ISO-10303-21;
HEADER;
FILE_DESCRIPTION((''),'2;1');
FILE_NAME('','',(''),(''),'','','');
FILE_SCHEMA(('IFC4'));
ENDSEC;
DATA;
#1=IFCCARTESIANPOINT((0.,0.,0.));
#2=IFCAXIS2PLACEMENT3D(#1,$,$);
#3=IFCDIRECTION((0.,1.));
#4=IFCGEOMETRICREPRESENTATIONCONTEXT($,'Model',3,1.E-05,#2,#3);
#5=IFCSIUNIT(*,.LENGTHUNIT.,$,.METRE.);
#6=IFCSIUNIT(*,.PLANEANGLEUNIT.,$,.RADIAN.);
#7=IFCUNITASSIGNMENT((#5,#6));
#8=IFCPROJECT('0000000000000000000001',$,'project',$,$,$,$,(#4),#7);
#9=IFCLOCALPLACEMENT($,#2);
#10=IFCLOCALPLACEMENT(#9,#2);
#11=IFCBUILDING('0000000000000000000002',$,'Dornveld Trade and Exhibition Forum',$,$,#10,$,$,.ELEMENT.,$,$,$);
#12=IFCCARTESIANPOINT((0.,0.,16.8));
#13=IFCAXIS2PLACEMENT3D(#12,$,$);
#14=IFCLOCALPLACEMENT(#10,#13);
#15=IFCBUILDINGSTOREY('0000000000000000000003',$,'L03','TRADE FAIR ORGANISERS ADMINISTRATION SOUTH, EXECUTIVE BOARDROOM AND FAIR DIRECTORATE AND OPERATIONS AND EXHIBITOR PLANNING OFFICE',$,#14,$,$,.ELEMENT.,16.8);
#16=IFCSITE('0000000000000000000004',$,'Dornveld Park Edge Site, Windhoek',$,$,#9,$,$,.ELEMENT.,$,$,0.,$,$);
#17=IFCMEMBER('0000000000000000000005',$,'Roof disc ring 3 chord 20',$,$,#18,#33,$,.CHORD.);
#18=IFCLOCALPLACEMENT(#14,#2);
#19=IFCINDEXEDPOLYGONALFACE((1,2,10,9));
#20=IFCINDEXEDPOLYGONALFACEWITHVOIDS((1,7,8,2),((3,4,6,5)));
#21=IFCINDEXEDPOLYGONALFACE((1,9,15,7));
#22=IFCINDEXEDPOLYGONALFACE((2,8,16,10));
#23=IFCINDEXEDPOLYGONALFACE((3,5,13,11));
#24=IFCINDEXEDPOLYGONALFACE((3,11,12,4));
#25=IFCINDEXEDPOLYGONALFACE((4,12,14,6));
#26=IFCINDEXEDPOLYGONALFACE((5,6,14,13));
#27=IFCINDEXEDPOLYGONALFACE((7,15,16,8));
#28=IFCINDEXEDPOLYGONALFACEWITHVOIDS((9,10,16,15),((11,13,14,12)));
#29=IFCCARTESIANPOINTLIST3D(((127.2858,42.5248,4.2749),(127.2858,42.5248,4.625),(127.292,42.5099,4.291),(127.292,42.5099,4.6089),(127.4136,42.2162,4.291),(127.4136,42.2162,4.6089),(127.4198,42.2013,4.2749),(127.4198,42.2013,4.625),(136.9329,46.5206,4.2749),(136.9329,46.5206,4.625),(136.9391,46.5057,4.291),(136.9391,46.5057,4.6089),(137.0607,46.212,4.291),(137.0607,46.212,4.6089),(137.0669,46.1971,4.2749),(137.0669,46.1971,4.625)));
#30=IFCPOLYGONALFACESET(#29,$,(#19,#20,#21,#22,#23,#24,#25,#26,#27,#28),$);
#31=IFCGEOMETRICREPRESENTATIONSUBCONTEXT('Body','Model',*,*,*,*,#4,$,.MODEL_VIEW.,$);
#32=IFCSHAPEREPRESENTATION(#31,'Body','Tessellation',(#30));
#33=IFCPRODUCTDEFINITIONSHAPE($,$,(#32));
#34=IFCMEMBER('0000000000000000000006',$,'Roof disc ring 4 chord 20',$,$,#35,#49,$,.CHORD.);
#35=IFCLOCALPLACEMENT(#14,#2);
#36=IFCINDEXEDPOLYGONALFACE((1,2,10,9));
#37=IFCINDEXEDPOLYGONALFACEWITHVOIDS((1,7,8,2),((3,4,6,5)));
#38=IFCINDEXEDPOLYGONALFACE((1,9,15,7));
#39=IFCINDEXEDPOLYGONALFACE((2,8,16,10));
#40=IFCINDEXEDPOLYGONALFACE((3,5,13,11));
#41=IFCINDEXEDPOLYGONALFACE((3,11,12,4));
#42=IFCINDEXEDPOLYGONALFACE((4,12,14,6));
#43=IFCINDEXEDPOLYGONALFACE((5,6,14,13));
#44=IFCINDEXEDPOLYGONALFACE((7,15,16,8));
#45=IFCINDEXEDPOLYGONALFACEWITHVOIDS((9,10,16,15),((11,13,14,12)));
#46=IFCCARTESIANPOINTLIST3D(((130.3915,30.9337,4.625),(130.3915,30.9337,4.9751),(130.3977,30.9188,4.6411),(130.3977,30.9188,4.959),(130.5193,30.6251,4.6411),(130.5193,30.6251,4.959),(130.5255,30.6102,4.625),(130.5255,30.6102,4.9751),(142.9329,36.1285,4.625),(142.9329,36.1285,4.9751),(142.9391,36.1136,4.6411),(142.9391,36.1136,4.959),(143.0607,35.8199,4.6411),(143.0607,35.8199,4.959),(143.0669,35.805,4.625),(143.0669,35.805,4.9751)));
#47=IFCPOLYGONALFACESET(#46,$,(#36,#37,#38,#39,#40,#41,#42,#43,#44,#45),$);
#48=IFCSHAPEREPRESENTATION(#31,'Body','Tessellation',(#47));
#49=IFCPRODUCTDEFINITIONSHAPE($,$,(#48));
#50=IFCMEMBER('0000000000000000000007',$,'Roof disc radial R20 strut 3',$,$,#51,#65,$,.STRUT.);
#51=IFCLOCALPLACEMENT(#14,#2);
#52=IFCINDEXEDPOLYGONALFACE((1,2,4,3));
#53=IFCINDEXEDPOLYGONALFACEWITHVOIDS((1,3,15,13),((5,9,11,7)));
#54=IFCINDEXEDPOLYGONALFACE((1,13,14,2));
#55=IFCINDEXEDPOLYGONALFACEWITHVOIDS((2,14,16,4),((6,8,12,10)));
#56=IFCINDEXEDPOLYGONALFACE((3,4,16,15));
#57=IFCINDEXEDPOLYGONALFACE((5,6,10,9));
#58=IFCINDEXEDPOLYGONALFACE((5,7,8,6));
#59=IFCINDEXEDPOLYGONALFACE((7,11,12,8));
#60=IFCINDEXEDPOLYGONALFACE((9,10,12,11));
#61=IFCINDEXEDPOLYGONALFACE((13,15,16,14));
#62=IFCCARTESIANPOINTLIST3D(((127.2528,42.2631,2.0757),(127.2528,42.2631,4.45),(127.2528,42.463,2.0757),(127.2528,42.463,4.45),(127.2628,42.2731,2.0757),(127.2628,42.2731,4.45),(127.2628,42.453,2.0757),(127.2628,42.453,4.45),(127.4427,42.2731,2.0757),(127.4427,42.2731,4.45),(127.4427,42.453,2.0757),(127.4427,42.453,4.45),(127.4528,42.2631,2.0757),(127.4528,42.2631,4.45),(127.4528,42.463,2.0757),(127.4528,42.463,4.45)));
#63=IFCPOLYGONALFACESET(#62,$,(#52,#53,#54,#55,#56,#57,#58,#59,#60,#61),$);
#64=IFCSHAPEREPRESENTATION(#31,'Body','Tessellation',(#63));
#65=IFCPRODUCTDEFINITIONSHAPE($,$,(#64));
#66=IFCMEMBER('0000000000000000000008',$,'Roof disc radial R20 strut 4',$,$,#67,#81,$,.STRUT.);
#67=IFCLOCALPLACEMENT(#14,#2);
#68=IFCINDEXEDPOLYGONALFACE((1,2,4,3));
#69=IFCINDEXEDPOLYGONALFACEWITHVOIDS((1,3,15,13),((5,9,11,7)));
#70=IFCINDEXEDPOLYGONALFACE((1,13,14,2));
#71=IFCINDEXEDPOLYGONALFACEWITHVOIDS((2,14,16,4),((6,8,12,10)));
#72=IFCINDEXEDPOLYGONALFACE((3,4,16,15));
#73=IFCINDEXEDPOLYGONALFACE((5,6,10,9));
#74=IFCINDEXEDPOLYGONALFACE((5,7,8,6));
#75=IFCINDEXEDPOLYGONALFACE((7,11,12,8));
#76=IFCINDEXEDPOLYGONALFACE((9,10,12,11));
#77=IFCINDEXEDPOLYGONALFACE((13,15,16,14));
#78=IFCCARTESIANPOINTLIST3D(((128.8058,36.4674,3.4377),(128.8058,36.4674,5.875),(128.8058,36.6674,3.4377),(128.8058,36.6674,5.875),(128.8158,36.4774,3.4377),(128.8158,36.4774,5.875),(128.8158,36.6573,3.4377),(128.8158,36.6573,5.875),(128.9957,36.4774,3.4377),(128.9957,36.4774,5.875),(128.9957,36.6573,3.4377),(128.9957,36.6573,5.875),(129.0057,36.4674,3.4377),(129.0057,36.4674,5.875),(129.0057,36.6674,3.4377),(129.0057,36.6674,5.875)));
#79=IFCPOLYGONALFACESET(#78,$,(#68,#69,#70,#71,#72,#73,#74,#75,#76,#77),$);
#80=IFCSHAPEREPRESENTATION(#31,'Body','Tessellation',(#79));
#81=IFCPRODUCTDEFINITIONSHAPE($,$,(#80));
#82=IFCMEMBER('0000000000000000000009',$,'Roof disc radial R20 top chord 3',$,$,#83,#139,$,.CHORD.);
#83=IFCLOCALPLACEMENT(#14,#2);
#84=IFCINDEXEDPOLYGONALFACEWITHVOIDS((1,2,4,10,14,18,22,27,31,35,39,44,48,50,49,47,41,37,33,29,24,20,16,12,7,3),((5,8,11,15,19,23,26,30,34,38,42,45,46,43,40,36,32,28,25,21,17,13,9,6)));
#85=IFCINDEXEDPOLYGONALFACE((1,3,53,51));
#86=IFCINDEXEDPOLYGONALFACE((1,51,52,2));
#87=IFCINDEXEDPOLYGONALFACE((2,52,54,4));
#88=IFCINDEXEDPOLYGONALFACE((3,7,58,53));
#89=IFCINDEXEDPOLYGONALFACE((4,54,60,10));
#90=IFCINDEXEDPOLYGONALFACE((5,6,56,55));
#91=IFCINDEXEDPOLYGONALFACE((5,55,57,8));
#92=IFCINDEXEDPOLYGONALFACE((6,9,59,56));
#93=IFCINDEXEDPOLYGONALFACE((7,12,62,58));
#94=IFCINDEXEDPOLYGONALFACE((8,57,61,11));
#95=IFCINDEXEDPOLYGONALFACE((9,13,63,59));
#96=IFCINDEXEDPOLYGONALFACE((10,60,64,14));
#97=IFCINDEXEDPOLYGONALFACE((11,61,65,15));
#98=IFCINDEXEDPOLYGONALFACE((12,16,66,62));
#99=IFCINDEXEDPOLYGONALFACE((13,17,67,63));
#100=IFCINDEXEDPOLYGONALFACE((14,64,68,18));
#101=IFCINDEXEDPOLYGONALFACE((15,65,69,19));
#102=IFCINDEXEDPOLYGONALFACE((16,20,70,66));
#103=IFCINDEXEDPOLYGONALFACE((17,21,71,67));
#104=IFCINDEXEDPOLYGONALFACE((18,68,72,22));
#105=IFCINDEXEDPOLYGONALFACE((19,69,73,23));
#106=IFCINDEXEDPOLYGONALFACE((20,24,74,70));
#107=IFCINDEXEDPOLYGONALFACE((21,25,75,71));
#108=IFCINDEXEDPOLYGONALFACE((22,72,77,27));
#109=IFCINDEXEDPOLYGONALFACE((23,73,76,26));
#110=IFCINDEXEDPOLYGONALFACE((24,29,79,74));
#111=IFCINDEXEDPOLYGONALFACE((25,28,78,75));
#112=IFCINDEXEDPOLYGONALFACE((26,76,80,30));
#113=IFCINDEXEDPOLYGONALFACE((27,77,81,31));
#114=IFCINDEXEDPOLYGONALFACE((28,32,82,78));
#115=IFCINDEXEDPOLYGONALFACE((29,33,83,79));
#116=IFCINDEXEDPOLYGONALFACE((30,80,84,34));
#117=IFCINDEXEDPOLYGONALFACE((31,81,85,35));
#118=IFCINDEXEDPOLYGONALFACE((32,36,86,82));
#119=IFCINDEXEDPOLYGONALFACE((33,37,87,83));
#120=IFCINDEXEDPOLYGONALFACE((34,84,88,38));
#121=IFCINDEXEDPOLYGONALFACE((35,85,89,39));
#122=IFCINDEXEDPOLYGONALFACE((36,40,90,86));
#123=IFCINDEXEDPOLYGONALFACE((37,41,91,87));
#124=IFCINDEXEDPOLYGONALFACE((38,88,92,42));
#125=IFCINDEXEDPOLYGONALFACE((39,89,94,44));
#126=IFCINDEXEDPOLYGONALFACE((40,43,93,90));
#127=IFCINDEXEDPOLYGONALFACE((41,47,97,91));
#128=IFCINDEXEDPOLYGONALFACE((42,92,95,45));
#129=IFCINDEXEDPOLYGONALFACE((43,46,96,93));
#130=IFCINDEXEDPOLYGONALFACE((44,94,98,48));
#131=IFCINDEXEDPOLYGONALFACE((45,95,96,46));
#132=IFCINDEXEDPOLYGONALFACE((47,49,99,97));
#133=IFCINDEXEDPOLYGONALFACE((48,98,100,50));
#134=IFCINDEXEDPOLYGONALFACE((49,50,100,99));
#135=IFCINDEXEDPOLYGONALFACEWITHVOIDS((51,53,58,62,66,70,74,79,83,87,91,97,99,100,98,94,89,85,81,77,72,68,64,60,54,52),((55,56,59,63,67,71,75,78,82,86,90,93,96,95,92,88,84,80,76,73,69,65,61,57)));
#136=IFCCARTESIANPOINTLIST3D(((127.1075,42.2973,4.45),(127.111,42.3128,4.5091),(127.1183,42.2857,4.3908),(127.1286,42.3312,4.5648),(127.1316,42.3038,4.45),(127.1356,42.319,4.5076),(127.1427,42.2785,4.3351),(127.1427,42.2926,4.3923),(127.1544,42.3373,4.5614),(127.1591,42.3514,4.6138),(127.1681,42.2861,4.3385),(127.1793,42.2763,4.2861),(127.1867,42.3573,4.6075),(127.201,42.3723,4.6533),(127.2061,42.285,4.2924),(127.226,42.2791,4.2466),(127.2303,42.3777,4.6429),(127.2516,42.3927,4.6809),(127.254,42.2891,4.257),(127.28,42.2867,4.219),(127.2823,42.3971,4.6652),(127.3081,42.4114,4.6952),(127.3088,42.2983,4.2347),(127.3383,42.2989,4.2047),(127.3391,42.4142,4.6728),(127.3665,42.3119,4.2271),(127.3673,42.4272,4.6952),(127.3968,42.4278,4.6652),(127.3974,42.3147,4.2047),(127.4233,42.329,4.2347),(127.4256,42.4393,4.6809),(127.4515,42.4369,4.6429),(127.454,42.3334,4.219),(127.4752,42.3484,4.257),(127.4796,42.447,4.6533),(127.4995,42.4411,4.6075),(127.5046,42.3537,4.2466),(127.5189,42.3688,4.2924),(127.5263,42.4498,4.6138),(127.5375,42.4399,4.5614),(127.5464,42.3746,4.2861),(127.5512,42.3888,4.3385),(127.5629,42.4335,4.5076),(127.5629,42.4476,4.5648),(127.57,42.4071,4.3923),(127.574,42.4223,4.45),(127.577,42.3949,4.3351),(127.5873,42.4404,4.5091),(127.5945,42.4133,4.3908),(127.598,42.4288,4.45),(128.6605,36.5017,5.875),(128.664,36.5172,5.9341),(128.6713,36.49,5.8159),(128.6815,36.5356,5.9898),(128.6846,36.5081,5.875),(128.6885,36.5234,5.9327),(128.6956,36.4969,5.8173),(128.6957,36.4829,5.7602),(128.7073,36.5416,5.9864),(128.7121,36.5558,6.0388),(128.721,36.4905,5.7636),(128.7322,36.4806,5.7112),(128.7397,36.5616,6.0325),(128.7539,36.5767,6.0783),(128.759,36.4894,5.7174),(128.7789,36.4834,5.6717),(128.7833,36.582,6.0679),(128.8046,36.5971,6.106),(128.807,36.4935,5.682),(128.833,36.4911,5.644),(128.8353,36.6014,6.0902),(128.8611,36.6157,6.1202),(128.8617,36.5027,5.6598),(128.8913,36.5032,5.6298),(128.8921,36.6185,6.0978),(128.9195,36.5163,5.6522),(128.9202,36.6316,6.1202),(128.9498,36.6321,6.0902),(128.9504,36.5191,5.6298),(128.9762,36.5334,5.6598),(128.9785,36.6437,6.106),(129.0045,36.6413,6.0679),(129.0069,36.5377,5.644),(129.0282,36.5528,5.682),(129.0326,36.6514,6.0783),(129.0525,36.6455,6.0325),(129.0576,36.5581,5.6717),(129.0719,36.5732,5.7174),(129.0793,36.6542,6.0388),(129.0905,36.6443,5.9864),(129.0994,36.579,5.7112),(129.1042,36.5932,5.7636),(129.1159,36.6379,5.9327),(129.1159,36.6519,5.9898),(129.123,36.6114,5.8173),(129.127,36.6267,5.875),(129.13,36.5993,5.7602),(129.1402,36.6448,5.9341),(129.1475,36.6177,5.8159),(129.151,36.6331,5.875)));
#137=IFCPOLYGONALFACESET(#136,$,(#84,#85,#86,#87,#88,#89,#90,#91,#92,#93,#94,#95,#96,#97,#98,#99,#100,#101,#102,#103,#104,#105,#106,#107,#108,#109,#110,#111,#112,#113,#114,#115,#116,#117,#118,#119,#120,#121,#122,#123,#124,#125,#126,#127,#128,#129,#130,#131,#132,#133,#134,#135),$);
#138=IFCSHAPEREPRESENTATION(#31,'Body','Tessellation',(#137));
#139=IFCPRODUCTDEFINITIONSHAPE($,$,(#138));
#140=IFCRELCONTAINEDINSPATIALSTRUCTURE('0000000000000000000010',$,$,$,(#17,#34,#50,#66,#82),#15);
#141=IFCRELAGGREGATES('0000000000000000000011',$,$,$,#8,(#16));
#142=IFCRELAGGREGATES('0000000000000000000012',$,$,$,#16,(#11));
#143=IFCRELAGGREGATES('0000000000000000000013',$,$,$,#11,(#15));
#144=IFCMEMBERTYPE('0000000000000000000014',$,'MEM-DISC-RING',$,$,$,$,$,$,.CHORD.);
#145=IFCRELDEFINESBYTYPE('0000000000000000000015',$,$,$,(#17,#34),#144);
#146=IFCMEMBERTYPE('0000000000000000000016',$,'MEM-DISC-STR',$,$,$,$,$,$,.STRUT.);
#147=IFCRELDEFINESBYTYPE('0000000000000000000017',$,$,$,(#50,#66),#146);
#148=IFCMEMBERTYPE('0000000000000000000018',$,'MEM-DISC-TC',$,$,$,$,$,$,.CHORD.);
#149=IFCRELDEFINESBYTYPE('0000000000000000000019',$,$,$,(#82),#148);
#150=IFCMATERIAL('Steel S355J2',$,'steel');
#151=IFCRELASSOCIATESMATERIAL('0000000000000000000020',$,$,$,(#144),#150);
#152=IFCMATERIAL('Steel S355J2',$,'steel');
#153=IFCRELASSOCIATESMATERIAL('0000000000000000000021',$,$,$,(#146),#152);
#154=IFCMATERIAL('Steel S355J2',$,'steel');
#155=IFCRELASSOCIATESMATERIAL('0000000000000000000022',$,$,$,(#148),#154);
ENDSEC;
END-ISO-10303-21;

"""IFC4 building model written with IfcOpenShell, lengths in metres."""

from ifc_helpers import new_model, si_unit, direction, frame, origin, origin_2d, place, context, subcontext, project, spatial, hollow_rectangle, hollow_circle, extrude, material, material_profile, profile_set, type_object, element, save


model = new_model("IFC4")

# Units and contexts
model_context = context("Model", 3, precision=1e-05, world=origin(), true_north=direction((0.0, 1.0)))
body_context = subcontext(model_context, "Body", "Model", "MODEL_VIEW")
ifc_project = project(units=[si_unit("LENGTHUNIT", "METRE"), si_unit("PLANEANGLEUNIT", "RADIAN")], contexts=[model_context])

# Site, building, storey
site_placement = place(None, origin())
site = spatial("IfcSite", under=ifc_project, at=site_placement, Name="Dornveld Park Edge Site, Windhoek", CompositionType="ELEMENT", RefElevation=0.0)
building_placement = place(site_placement, origin())
building = spatial("IfcBuilding", under=site, at=building_placement, Name="Dornveld Trade and Exhibition Forum", CompositionType="ELEMENT")
storey_placement = place(building_placement, frame((0.0, 0.0, 16.8)))
storey = spatial("IfcBuildingStorey", under=building, at=storey_placement, Name="L03", Description="TRADE FAIR ORGANISERS ADMINISTRATION SOUTH, EXECUTIVE BOARDROOM AND FAIR DIRECTORATE AND OPERATIONS AND EXHIBITOR PLANNING OFFICE", CompositionType="ELEMENT", Elevation=16.8)

# Members
ifc_material_1 = material(Name="Steel S355J2", Category="steel")
ifc_material_profile_1 = material_profile(ifc_material_1, hollow_rectangle(XDim=0.3501, YDim=0.3501, WallThickness=0.0161, at=origin_2d()), Name="SHS 350x350x16")
ifc_profile_set_1 = profile_set([ifc_material_profile_1], Name="Steel S355J2")
member_type_1 = type_object("IfcMemberType", Name="MEM-DISC-RING", PredefinedType="CHORD", material=ifc_profile_set_1)
member_1_placement = place(storey_placement, frame((127.3528, 42.363, 4.45), z_axis=(0.923885, 0.38267, 0.0), x_axis=(-0.38267, 0.923885, 0.0)))
element("IfcMember", 1, at=member_1_placement, inside=storey, type_object=member_type_1, Name="Roof disc ring 3 chord 20", PredefinedType="CHORD", context=body_context, shape_type="SweptSolid", body=[
    extrude(hollow_rectangle(XDim=0.3501, YDim=0.3501, WallThickness=0.0161, at=origin_2d()), origin(), (0.0, 0.0, 1.0), 10.4419),
])
member_2_placement = place(storey_placement, frame((130.4585, 30.772, 4.8), z_axis=(0.92388, 0.382681, 0.0), x_axis=(-0.382681, 0.92388, 0.0)))
element("IfcMember", 2, at=member_2_placement, inside=storey, type_object=member_type_1, Name="Roof disc ring 4 chord 20", PredefinedType="CHORD", context=body_context, shape_type="SweptSolid", body=[
    extrude(hollow_rectangle(XDim=0.3501, YDim=0.3501, WallThickness=0.0161, at=origin_2d()), origin(), (0.0, 0.0, 1.0), 13.5747),
])
ifc_material_2 = material(Name="Steel S355J2", Category="steel")
ifc_material_profile_2 = material_profile(ifc_material_2, hollow_rectangle(XDim=0.2, YDim=0.2, WallThickness=0.01, at=origin_2d()), Name="SHS 200x200x10")
ifc_profile_set_2 = profile_set([ifc_material_profile_2], Name="Steel S355J2")
member_type_2 = type_object("IfcMemberType", Name="MEM-DISC-STR", PredefinedType="STRUT", material=ifc_profile_set_2)
member_3_placement = place(storey_placement, frame((127.3528, 42.363, 2.0757), z_axis=(0.0, 0.0, 1.0), x_axis=(1.0, 0.0, 0.0)))
element("IfcMember", 3, at=member_3_placement, inside=storey, type_object=member_type_2, Name="Roof disc radial R20 strut 3", PredefinedType="STRUT", context=body_context, shape_type="SweptSolid", body=[
    extrude(hollow_rectangle(XDim=0.2, YDim=0.2, WallThickness=0.01, at=origin_2d()), origin(), (0.0, 0.0, 1.0), 2.3743),
])
member_4_placement = place(storey_placement, frame((128.9058, 36.5674, 3.4377), z_axis=(0.0, 0.0, 1.0), x_axis=(1.0, 0.0, 0.0)))
element("IfcMember", 4, at=member_4_placement, inside=storey, type_object=member_type_2, Name="Roof disc radial R20 strut 4", PredefinedType="STRUT", context=body_context, shape_type="SweptSolid", body=[
    extrude(hollow_rectangle(XDim=0.2, YDim=0.2, WallThickness=0.01, at=origin_2d()), origin(), (0.0, 0.0, 1.0), 2.4373),
])
ifc_material_3 = material(Name="Steel S355J2", Category="steel")
ifc_material_profile_3 = material_profile(ifc_material_3, hollow_circle(Radius=0.2539, WallThickness=0.0249, at=origin_2d()), Name="CHS 508x25")
ifc_profile_set_3 = profile_set([ifc_material_profile_3], Name="Steel S355J2")
member_type_3 = type_object("IfcMemberType", Name="MEM-DISC-TC", PredefinedType="CHORD", material=ifc_profile_set_3)
member_5_placement = place(storey_placement, frame((127.3528, 42.363, 4.45), z_axis=(0.25182, -0.939782, 0.231076), x_axis=(0.965924, 0.258825, 0.0)))
element("IfcMember", 5, at=member_5_placement, inside=storey, type_object=member_type_3, Name="Roof disc radial R20 top chord 3", PredefinedType="CHORD", context=body_context, shape_type="SweptSolid", body=[
    extrude(hollow_circle(Radius=0.2539, WallThickness=0.0249, at=origin_2d()), origin(), (0.0, 0.0, 1.0), 6.167),
])

save(model, "model.ifc")
